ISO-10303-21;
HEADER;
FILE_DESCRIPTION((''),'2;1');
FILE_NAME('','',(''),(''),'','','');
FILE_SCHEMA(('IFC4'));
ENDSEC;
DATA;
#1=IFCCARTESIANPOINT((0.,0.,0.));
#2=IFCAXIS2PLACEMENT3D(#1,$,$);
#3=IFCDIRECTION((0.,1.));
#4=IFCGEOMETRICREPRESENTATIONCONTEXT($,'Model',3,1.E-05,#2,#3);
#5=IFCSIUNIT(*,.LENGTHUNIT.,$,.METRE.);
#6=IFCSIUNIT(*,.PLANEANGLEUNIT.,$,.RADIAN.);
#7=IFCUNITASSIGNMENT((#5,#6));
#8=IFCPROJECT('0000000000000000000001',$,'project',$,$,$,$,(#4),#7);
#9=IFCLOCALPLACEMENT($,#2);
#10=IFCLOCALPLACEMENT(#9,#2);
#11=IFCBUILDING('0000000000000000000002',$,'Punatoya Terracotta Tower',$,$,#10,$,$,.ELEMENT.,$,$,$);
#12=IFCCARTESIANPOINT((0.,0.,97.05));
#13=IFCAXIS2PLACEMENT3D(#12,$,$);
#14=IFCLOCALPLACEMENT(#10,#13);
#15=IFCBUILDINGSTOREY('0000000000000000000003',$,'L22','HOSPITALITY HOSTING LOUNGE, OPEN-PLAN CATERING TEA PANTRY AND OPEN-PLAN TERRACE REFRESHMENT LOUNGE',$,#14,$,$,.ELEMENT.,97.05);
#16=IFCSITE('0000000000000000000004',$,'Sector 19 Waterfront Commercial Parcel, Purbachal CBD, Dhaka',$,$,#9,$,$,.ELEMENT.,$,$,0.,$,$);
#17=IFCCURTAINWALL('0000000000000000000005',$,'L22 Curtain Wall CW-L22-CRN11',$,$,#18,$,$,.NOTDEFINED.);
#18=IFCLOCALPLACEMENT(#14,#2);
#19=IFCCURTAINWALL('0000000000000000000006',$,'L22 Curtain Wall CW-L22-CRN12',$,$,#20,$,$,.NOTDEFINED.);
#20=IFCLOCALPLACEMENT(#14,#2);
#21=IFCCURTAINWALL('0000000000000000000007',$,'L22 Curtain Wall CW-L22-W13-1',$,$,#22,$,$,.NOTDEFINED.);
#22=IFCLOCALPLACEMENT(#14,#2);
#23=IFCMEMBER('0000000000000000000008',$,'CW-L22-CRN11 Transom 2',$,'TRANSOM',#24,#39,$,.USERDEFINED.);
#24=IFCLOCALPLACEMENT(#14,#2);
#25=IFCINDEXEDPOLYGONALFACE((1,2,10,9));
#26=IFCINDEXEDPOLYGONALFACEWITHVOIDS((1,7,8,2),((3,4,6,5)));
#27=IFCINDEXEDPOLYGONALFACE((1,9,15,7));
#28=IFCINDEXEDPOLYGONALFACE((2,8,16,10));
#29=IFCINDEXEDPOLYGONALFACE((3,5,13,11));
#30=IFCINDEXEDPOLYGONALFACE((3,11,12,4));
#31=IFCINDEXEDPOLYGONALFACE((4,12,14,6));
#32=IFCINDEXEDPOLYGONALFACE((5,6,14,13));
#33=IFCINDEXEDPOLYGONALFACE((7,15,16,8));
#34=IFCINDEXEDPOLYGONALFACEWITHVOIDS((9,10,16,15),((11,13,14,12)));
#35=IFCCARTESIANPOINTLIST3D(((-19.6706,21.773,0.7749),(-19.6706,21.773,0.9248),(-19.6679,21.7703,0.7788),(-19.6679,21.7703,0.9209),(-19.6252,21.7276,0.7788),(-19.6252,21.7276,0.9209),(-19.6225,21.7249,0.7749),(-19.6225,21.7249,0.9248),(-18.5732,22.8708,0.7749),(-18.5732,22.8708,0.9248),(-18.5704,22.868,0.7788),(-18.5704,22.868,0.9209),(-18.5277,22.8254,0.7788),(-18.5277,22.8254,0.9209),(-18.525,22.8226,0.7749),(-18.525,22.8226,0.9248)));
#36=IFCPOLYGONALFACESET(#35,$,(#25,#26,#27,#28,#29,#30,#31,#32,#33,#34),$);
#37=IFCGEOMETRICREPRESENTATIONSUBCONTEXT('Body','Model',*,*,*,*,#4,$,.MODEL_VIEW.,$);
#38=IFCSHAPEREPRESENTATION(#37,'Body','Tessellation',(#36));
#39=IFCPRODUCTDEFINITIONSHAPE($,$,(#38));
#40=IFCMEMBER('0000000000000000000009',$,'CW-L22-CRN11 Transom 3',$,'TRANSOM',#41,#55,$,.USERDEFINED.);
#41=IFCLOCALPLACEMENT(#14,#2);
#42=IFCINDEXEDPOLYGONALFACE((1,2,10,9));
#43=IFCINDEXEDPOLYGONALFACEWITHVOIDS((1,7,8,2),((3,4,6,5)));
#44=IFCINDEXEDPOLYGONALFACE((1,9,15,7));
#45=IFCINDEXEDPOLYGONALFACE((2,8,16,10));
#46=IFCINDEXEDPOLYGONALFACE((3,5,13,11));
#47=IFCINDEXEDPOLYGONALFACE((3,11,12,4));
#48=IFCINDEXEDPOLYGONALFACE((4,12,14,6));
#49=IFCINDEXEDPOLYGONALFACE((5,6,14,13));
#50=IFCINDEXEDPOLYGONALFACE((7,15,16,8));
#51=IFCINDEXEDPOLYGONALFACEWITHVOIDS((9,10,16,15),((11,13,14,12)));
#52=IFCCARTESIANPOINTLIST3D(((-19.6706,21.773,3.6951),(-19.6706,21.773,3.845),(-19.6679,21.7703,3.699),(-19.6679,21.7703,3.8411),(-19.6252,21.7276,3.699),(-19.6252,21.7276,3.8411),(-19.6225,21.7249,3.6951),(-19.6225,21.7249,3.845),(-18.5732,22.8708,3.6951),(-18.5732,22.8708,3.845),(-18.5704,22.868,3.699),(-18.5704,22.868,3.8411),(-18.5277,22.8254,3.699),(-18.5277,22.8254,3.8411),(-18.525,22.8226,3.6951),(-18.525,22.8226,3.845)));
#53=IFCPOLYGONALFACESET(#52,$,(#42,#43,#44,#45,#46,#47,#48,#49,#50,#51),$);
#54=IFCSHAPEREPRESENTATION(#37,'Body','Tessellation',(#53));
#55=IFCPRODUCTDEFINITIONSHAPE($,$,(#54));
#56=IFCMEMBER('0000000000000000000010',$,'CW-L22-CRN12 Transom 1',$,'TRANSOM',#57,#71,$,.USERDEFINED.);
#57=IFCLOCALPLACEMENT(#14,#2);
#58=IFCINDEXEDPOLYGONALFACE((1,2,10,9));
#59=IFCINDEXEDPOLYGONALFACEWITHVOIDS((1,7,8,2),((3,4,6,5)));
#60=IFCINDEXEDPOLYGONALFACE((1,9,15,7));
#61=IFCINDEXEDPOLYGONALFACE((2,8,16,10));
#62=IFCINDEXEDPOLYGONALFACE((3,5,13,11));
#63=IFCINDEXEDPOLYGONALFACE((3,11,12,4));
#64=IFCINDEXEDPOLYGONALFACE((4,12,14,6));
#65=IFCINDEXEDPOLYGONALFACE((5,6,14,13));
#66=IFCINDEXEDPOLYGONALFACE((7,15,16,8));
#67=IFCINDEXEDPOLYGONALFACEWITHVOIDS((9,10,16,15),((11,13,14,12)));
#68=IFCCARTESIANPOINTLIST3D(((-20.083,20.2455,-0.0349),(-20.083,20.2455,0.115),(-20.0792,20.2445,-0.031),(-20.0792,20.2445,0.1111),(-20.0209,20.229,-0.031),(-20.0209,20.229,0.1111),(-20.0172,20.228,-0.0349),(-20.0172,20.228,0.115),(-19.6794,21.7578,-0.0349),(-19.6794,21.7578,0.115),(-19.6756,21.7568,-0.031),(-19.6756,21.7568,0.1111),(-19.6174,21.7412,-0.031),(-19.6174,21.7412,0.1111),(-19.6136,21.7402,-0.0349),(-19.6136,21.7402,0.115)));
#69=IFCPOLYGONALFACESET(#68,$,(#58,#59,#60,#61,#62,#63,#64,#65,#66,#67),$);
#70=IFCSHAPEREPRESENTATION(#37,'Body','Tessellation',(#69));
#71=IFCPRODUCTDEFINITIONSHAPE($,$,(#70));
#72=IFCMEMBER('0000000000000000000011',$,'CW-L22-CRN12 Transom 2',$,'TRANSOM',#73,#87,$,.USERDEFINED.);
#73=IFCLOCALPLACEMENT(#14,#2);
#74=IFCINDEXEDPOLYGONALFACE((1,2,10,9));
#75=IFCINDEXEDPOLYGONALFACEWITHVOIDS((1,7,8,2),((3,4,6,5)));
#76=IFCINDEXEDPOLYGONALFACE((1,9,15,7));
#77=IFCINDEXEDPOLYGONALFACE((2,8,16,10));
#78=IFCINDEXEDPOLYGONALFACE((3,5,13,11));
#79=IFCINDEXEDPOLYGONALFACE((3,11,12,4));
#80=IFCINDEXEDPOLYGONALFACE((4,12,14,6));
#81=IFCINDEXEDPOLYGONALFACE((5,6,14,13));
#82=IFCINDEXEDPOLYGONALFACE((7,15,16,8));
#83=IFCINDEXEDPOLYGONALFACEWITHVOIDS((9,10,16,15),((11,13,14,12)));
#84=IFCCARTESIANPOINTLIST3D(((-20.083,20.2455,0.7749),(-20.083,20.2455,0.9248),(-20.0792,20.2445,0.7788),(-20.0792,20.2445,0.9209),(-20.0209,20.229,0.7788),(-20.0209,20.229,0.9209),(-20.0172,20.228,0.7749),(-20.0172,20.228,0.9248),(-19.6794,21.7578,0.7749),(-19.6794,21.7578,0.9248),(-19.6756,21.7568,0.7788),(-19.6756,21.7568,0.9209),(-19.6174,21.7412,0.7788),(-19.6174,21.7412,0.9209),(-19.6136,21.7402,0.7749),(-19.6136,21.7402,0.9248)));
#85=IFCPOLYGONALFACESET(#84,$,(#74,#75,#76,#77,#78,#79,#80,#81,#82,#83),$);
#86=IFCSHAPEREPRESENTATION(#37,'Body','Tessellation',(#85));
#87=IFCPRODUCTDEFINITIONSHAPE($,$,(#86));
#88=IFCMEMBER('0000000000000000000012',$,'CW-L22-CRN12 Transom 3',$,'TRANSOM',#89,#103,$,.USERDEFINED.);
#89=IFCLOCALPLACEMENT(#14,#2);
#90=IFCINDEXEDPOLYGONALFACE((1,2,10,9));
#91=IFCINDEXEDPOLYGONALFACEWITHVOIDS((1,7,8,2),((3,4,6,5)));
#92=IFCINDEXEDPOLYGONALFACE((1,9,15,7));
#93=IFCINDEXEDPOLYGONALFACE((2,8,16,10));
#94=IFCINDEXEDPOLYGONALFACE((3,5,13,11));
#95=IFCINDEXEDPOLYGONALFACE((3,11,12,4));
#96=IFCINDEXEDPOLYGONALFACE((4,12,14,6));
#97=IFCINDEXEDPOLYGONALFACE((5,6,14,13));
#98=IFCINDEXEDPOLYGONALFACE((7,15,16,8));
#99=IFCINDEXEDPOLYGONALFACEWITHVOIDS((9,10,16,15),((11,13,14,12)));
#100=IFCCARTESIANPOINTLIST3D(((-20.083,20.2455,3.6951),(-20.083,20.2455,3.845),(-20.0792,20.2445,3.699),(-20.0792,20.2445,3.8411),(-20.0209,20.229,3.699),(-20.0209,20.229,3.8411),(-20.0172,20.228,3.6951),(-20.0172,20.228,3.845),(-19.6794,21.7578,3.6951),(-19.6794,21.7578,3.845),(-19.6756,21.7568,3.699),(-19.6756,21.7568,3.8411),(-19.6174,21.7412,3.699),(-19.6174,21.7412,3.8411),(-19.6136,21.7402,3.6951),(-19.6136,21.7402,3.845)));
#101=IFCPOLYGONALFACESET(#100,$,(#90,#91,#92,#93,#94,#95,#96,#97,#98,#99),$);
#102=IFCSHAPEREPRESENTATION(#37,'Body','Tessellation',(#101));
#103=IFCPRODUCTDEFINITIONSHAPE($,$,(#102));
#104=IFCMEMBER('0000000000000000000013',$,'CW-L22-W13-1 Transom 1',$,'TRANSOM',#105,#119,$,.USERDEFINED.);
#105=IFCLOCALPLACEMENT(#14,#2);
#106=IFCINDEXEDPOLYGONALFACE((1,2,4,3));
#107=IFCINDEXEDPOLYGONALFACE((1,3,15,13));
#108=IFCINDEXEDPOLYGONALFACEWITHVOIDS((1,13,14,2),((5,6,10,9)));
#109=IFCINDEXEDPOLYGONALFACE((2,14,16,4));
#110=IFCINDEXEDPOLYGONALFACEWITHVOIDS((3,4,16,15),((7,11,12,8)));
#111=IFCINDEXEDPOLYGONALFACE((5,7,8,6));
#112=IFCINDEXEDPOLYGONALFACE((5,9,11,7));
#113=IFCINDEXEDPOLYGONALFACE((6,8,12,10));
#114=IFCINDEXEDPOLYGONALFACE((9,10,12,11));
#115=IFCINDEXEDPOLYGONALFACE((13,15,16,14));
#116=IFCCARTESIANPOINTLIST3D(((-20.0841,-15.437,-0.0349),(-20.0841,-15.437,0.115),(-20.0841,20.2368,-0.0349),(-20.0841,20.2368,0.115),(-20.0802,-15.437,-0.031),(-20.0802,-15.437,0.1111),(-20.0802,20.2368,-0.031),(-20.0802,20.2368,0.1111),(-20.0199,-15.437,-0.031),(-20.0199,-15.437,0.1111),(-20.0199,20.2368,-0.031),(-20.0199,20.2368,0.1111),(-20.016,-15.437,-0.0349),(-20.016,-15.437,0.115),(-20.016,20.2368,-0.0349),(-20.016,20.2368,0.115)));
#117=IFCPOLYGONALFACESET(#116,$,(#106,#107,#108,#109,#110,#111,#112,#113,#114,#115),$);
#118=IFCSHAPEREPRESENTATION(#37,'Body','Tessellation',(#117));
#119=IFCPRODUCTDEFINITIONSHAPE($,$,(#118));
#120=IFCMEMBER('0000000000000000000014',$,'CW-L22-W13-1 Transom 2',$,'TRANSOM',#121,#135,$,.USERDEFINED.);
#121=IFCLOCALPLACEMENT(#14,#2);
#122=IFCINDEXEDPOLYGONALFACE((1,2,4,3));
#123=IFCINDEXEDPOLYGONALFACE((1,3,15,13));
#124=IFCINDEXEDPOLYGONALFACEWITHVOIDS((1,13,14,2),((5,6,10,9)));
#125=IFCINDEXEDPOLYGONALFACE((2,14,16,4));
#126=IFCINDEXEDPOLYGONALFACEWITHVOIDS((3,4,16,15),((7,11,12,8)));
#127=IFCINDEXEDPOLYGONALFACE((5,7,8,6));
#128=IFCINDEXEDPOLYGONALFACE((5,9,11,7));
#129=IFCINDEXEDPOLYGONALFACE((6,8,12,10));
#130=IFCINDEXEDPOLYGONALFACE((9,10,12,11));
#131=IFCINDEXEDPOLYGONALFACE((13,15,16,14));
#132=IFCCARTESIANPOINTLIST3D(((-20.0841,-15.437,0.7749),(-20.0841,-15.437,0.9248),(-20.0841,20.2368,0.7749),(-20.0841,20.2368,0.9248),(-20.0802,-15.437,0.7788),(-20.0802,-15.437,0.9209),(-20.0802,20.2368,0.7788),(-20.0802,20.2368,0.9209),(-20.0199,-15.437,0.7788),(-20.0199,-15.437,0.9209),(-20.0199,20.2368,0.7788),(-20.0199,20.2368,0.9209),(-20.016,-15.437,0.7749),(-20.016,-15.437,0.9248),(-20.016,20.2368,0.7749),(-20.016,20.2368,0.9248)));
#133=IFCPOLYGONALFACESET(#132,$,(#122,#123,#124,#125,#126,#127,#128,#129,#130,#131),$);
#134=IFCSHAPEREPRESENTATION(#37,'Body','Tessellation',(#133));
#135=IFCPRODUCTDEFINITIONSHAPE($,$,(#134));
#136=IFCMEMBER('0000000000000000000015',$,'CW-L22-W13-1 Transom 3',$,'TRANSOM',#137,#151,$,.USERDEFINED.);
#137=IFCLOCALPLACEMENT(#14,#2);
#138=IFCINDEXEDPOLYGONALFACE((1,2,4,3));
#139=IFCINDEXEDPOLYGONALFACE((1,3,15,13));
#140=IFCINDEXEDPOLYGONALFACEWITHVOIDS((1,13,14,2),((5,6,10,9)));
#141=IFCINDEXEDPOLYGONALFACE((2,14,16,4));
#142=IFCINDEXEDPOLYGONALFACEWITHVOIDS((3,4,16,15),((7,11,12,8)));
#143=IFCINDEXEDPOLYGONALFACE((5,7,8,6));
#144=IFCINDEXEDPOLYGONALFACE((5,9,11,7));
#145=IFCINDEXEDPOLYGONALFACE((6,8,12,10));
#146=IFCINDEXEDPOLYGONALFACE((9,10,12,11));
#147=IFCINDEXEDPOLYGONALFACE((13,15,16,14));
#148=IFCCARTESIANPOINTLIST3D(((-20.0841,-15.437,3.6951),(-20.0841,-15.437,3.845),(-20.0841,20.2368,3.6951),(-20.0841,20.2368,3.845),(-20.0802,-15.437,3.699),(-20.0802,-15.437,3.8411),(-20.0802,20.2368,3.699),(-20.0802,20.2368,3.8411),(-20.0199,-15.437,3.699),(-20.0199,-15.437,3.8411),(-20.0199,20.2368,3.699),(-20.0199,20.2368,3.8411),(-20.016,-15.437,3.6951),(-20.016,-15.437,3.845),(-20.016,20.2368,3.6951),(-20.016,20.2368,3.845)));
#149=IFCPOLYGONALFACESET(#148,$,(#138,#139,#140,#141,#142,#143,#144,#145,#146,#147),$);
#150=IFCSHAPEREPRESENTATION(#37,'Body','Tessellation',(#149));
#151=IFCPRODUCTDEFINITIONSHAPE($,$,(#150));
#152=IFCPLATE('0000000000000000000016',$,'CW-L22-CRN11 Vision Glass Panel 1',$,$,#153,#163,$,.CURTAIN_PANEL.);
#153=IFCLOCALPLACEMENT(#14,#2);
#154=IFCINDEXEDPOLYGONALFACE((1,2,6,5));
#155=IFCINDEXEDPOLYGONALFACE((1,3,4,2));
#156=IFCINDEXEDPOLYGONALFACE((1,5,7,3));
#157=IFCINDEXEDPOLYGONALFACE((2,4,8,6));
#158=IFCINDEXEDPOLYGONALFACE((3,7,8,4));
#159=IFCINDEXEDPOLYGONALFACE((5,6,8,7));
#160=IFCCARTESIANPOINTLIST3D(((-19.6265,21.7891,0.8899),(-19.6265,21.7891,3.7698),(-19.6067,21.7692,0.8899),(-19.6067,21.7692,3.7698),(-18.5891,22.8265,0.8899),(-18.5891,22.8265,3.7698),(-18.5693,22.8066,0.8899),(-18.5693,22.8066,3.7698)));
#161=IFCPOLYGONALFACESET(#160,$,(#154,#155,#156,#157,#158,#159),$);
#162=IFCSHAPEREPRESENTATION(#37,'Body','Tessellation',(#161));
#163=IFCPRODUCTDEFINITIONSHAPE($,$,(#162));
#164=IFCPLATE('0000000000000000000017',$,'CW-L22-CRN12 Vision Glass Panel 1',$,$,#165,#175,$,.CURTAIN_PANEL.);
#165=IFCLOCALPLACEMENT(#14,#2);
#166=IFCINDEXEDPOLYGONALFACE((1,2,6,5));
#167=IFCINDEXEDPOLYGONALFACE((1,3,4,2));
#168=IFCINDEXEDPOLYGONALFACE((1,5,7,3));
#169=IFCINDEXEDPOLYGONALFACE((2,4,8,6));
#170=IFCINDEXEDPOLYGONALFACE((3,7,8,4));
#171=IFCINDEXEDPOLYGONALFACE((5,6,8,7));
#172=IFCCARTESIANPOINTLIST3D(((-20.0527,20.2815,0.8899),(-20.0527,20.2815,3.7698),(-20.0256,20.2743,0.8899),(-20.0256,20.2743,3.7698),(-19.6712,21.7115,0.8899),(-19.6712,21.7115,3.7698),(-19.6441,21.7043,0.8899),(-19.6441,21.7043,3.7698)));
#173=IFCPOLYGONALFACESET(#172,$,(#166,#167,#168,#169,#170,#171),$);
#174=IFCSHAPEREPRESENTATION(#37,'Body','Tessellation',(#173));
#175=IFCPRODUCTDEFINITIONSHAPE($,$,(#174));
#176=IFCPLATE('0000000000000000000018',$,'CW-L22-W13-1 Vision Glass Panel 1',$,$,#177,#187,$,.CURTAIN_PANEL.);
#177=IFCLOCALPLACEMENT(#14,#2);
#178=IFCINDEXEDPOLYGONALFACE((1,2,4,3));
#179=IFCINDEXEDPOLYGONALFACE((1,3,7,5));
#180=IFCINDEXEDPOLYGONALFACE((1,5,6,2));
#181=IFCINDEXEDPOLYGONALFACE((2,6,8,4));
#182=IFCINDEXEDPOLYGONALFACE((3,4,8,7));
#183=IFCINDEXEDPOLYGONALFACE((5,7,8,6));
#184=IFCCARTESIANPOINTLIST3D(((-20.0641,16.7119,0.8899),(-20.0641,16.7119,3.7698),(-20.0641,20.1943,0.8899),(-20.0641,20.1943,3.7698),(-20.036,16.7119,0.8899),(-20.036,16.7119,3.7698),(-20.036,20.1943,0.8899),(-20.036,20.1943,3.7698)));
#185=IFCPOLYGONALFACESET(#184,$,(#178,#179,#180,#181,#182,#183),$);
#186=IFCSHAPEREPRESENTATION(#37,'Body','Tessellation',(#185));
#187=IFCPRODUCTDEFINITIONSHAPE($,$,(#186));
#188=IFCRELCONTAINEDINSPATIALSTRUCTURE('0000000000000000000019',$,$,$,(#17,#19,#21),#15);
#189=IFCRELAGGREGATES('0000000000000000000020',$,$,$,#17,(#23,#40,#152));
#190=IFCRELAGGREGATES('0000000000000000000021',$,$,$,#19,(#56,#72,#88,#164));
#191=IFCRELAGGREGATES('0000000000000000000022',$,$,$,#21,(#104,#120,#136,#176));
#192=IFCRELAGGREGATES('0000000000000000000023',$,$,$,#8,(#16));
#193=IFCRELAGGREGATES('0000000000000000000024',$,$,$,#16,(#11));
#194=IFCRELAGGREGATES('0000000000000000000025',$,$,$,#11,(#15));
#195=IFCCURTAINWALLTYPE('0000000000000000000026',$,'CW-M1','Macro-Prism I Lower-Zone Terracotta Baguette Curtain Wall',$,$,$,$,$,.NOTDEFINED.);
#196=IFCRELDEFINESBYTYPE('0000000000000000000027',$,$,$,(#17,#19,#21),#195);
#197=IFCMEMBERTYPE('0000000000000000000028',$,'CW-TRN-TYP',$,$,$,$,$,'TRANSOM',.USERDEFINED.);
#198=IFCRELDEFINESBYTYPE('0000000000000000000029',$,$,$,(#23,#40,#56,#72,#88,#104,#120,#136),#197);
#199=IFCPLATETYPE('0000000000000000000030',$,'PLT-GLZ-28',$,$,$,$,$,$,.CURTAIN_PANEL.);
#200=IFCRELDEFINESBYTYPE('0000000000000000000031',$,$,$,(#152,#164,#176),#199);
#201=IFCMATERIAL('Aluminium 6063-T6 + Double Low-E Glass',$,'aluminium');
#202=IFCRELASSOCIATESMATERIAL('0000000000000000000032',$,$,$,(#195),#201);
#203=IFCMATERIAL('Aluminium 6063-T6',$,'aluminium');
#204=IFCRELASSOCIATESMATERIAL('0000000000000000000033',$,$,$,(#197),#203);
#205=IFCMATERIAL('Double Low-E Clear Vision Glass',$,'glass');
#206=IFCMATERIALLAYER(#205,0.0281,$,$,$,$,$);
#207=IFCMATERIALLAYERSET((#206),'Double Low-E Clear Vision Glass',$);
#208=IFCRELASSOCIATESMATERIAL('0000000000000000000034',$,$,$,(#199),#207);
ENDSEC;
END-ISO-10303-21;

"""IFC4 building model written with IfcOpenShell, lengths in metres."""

from ifc_helpers import new_model, si_unit, direction, frame, origin, origin_2d, place, context, subcontext, project, spatial, rectangle, hollow_rectangle, extrude, material, layer, layer_set, material_profile, profile_set, type_object, element, aggregate, save


model = new_model("IFC4")

# Units and contexts
model_context = context("Model", 3, precision=1e-05, world=origin(), true_north=direction((0.0, 1.0)))
body_context = subcontext(model_context, "Body", "Model", "MODEL_VIEW")
ifc_project = project(units=[si_unit("LENGTHUNIT", "METRE"), si_unit("PLANEANGLEUNIT", "RADIAN")], contexts=[model_context])

# Site, building, storey
site_placement = place(None, origin())
site = spatial("IfcSite", under=ifc_project, at=site_placement, Name="Sector 19 Waterfront Commercial Parcel, Purbachal CBD, Dhaka", CompositionType="ELEMENT", RefElevation=0.0)
building_placement = place(site_placement, origin())
building = spatial("IfcBuilding", under=site, at=building_placement, Name="Punatoya Terracotta Tower", CompositionType="ELEMENT")
storey_placement = place(building_placement, frame((0.0, 0.0, 97.05)))
storey = spatial("IfcBuildingStorey", under=building, at=storey_placement, Name="L22", Description="HOSPITALITY HOSTING LOUNGE, OPEN-PLAN CATERING TEA PANTRY AND OPEN-PLAN TERRACE REFRESHMENT LOUNGE", CompositionType="ELEMENT", Elevation=97.05)

# Shared definitions
ifc_material_1 = material(Name="Aluminium 6063-T6 + Double Low-E Glass", Category="aluminium")
curtain_wall_type = type_object("IfcCurtainWallType", Name="CW-M1", Description="Macro-Prism I Lower-Zone Terracotta Baguette Curtain Wall", PredefinedType="NOTDEFINED", material=ifc_material_1)
ifc_material_2 = material(Name="Aluminium 6063-T6", Category="aluminium")

# Curtain walls
curtain_wall_1_placement = place(storey_placement, origin())
curtain_wall_1 = element("IfcCurtainWall", 1, at=curtain_wall_1_placement, inside=storey, type_object=curtain_wall_type, Name="L22 Curtain Wall CW-L22-CRN11", PredefinedType="NOTDEFINED")
curtain_wall_2_placement = place(storey_placement, origin())
curtain_wall_2 = element("IfcCurtainWall", 2, at=curtain_wall_2_placement, inside=storey, type_object=curtain_wall_type, Name="L22 Curtain Wall CW-L22-CRN12", PredefinedType="NOTDEFINED")
curtain_wall_3_placement = place(storey_placement, origin())
curtain_wall_3 = element("IfcCurtainWall", 3, at=curtain_wall_3_placement, inside=storey, type_object=curtain_wall_type, Name="L22 Curtain Wall CW-L22-W13-1", PredefinedType="NOTDEFINED")

# Members
ifc_material_profile_1 = material_profile(ifc_material_2, hollow_rectangle(XDim=0.0681, YDim=0.1499, WallThickness=0.0039, at=origin_2d()))
ifc_profile_set_1 = profile_set([ifc_material_profile_1], Name="Aluminium 6063-T6")
member_type_1 = type_object("IfcMemberType", Name="CW-TRN-TYP", ElementType="TRANSOM", PredefinedType="USERDEFINED", material=ifc_profile_set_1)
member_1_placement = place(storey_placement, frame((-18.5491, 22.8467, 0.8499), z_axis=(-0.707028, -0.707185, 0.0), x_axis=(0.707185, -0.707028, 0.0)))
member_1 = element("IfcMember", 4, at=member_1_placement, type_object=member_type_1, Name="CW-L22-CRN11 Transom 2", ObjectType="TRANSOM", PredefinedType="USERDEFINED", context=body_context, shape_type="SweptSolid", body=[
    extrude(hollow_rectangle(XDim=0.0681, YDim=0.1499, WallThickness=0.0039, at=origin_2d()), origin(), (0.0, 0.0, 1.0), 1.5522),
])
member_2_placement = place(storey_placement, frame((-18.5491, 22.8467, 3.77), z_axis=(-0.707028, -0.707185, 0.0), x_axis=(0.707185, -0.707028, 0.0)))
member_2 = element("IfcMember", 5, at=member_2_placement, type_object=member_type_1, Name="CW-L22-CRN11 Transom 3", ObjectType="TRANSOM", PredefinedType="USERDEFINED", context=body_context, shape_type="SweptSolid", body=[
    extrude(hollow_rectangle(XDim=0.0681, YDim=0.1499, WallThickness=0.0039, at=origin_2d()), origin(), (0.0, 0.0, 1.0), 1.5522),
])
member_3_placement = place(storey_placement, frame((-19.6465, 21.749, 0.04), z_axis=(-0.257847, -0.966186, 0.0), x_axis=(0.966186, -0.257847, 0.0)))
member_3 = element("IfcMember", 6, at=member_3_placement, type_object=member_type_1, Name="CW-L22-CRN12 Transom 1", ObjectType="TRANSOM", PredefinedType="USERDEFINED", context=body_context, shape_type="SweptSolid", body=[
    extrude(hollow_rectangle(XDim=0.0681, YDim=0.1499, WallThickness=0.0039, at=origin_2d()), origin(), (0.0, 0.0, 1.0), 1.5652),
])
member_4_placement = place(storey_placement, frame((-19.6465, 21.749, 0.8499), z_axis=(-0.257847, -0.966186, 0.0), x_axis=(0.966186, -0.257847, 0.0)))
member_4 = element("IfcMember", 7, at=member_4_placement, type_object=member_type_1, Name="CW-L22-CRN12 Transom 2", ObjectType="TRANSOM", PredefinedType="USERDEFINED", context=body_context, shape_type="SweptSolid", body=[
    extrude(hollow_rectangle(XDim=0.0681, YDim=0.1499, WallThickness=0.0039, at=origin_2d()), origin(), (0.0, 0.0, 1.0), 1.5652),
])
member_5_placement = place(storey_placement, frame((-19.6465, 21.749, 3.77), z_axis=(-0.257847, -0.966186, 0.0), x_axis=(0.966186, -0.257847, 0.0)))
member_5 = element("IfcMember", 8, at=member_5_placement, type_object=member_type_1, Name="CW-L22-CRN12 Transom 3", ObjectType="TRANSOM", PredefinedType="USERDEFINED", context=body_context, shape_type="SweptSolid", body=[
    extrude(hollow_rectangle(XDim=0.0681, YDim=0.1499, WallThickness=0.0039, at=origin_2d()), origin(), (0.0, 0.0, 1.0), 1.5652),
])
member_6_placement = place(storey_placement, frame((-20.05, 20.2368, 0.04), z_axis=(0.0, -1.0, 0.0), x_axis=(1.0, 0.0, 0.0)))
member_6 = element("IfcMember", 9, at=member_6_placement, type_object=member_type_1, Name="CW-L22-W13-1 Transom 1", ObjectType="TRANSOM", PredefinedType="USERDEFINED", context=body_context, shape_type="SweptSolid", body=[
    extrude(hollow_rectangle(XDim=0.0681, YDim=0.1499, WallThickness=0.0039, at=origin_2d()), origin(), (0.0, 0.0, 1.0), 35.6738),
])
member_7_placement = place(storey_placement, frame((-20.05, 20.2368, 0.8499), z_axis=(0.0, -1.0, 0.0), x_axis=(1.0, 0.0, 0.0)))
member_7 = element("IfcMember", 10, at=member_7_placement, type_object=member_type_1, Name="CW-L22-W13-1 Transom 2", ObjectType="TRANSOM", PredefinedType="USERDEFINED", context=body_context, shape_type="SweptSolid", body=[
    extrude(hollow_rectangle(XDim=0.0681, YDim=0.1499, WallThickness=0.0039, at=origin_2d()), origin(), (0.0, 0.0, 1.0), 35.6738),
])
member_8_placement = place(storey_placement, frame((-20.05, 20.2368, 3.77), z_axis=(0.0, -1.0, 0.0), x_axis=(1.0, 0.0, 0.0)))
member_8 = element("IfcMember", 11, at=member_8_placement, type_object=member_type_1, Name="CW-L22-W13-1 Transom 3", ObjectType="TRANSOM", PredefinedType="USERDEFINED", context=body_context, shape_type="SweptSolid", body=[
    extrude(hollow_rectangle(XDim=0.0681, YDim=0.1499, WallThickness=0.0039, at=origin_2d()), origin(), (0.0, 0.0, 1.0), 35.6738),
])

# Plates
ifc_material_3 = material(Name="Double Low-E Clear Vision Glass", Category="glass")
ifc_layer_1 = layer(ifc_material_3, 0.0281)
ifc_layer_set_1 = layer_set([ifc_layer_1], Name="Double Low-E Clear Vision Glass")
plate_type_1 = type_object("IfcPlateType", Name="PLT-GLZ-28", PredefinedType="CURTAIN_PANEL", material=ifc_layer_set_1)
plate_1_placement = place(storey_placement, frame((-19.0979, 22.2979, 0.8899), z_axis=(0.0, 0.0, 1.0), x_axis=(-0.707107, -0.707107, 0.0)))
plate_1 = element("IfcPlate", 12, at=plate_1_placement, type_object=plate_type_1, Name="CW-L22-CRN11 Vision Glass Panel 1", PredefinedType="CURTAIN_PANEL", context=body_context, shape_type="SweptSolid", body=[
    extrude(rectangle(XDim=1.467, YDim=0.0281, at=origin_2d()), origin(), (0.0, 0.0, 1.0), 2.8799),
])
plate_2_placement = place(storey_placement, frame((-19.8484, 20.9929, 0.8899), z_axis=(0.0, 0.0, 1.0), x_axis=(-0.257742, -0.966214, 0.0)))
plate_2 = element("IfcPlate", 13, at=plate_2_placement, type_object=plate_type_1, Name="CW-L22-CRN12 Vision Glass Panel 1", PredefinedType="CURTAIN_PANEL", context=body_context, shape_type="SweptSolid", body=[
    extrude(rectangle(XDim=1.48, YDim=0.0281, at=origin_2d()), origin(), (0.0, 0.0, 1.0), 2.8799),
])
plate_3_placement = place(storey_placement, frame((-20.05, 18.4531, 0.8899), z_axis=(0.0, 0.0, 1.0), x_axis=(0.0, -1.0, 0.0)))
plate_3 = element("IfcPlate", 14, at=plate_3_placement, type_object=plate_type_1, Name="CW-L22-W13-1 Vision Glass Panel 1", PredefinedType="CURTAIN_PANEL", context=body_context, shape_type="SweptSolid", body=[
    extrude(rectangle(XDim=3.4824, YDim=0.0281, at=origin_2d()), origin(), (0.0, 0.0, 1.0), 2.8799),
])
aggregate(curtain_wall_1, [member_1, member_2, plate_1])
aggregate(curtain_wall_2, [member_3, member_4, member_5, plate_2])
aggregate(curtain_wall_3, [member_6, member_7, member_8, plate_3])

save(model, "model.ifc")
